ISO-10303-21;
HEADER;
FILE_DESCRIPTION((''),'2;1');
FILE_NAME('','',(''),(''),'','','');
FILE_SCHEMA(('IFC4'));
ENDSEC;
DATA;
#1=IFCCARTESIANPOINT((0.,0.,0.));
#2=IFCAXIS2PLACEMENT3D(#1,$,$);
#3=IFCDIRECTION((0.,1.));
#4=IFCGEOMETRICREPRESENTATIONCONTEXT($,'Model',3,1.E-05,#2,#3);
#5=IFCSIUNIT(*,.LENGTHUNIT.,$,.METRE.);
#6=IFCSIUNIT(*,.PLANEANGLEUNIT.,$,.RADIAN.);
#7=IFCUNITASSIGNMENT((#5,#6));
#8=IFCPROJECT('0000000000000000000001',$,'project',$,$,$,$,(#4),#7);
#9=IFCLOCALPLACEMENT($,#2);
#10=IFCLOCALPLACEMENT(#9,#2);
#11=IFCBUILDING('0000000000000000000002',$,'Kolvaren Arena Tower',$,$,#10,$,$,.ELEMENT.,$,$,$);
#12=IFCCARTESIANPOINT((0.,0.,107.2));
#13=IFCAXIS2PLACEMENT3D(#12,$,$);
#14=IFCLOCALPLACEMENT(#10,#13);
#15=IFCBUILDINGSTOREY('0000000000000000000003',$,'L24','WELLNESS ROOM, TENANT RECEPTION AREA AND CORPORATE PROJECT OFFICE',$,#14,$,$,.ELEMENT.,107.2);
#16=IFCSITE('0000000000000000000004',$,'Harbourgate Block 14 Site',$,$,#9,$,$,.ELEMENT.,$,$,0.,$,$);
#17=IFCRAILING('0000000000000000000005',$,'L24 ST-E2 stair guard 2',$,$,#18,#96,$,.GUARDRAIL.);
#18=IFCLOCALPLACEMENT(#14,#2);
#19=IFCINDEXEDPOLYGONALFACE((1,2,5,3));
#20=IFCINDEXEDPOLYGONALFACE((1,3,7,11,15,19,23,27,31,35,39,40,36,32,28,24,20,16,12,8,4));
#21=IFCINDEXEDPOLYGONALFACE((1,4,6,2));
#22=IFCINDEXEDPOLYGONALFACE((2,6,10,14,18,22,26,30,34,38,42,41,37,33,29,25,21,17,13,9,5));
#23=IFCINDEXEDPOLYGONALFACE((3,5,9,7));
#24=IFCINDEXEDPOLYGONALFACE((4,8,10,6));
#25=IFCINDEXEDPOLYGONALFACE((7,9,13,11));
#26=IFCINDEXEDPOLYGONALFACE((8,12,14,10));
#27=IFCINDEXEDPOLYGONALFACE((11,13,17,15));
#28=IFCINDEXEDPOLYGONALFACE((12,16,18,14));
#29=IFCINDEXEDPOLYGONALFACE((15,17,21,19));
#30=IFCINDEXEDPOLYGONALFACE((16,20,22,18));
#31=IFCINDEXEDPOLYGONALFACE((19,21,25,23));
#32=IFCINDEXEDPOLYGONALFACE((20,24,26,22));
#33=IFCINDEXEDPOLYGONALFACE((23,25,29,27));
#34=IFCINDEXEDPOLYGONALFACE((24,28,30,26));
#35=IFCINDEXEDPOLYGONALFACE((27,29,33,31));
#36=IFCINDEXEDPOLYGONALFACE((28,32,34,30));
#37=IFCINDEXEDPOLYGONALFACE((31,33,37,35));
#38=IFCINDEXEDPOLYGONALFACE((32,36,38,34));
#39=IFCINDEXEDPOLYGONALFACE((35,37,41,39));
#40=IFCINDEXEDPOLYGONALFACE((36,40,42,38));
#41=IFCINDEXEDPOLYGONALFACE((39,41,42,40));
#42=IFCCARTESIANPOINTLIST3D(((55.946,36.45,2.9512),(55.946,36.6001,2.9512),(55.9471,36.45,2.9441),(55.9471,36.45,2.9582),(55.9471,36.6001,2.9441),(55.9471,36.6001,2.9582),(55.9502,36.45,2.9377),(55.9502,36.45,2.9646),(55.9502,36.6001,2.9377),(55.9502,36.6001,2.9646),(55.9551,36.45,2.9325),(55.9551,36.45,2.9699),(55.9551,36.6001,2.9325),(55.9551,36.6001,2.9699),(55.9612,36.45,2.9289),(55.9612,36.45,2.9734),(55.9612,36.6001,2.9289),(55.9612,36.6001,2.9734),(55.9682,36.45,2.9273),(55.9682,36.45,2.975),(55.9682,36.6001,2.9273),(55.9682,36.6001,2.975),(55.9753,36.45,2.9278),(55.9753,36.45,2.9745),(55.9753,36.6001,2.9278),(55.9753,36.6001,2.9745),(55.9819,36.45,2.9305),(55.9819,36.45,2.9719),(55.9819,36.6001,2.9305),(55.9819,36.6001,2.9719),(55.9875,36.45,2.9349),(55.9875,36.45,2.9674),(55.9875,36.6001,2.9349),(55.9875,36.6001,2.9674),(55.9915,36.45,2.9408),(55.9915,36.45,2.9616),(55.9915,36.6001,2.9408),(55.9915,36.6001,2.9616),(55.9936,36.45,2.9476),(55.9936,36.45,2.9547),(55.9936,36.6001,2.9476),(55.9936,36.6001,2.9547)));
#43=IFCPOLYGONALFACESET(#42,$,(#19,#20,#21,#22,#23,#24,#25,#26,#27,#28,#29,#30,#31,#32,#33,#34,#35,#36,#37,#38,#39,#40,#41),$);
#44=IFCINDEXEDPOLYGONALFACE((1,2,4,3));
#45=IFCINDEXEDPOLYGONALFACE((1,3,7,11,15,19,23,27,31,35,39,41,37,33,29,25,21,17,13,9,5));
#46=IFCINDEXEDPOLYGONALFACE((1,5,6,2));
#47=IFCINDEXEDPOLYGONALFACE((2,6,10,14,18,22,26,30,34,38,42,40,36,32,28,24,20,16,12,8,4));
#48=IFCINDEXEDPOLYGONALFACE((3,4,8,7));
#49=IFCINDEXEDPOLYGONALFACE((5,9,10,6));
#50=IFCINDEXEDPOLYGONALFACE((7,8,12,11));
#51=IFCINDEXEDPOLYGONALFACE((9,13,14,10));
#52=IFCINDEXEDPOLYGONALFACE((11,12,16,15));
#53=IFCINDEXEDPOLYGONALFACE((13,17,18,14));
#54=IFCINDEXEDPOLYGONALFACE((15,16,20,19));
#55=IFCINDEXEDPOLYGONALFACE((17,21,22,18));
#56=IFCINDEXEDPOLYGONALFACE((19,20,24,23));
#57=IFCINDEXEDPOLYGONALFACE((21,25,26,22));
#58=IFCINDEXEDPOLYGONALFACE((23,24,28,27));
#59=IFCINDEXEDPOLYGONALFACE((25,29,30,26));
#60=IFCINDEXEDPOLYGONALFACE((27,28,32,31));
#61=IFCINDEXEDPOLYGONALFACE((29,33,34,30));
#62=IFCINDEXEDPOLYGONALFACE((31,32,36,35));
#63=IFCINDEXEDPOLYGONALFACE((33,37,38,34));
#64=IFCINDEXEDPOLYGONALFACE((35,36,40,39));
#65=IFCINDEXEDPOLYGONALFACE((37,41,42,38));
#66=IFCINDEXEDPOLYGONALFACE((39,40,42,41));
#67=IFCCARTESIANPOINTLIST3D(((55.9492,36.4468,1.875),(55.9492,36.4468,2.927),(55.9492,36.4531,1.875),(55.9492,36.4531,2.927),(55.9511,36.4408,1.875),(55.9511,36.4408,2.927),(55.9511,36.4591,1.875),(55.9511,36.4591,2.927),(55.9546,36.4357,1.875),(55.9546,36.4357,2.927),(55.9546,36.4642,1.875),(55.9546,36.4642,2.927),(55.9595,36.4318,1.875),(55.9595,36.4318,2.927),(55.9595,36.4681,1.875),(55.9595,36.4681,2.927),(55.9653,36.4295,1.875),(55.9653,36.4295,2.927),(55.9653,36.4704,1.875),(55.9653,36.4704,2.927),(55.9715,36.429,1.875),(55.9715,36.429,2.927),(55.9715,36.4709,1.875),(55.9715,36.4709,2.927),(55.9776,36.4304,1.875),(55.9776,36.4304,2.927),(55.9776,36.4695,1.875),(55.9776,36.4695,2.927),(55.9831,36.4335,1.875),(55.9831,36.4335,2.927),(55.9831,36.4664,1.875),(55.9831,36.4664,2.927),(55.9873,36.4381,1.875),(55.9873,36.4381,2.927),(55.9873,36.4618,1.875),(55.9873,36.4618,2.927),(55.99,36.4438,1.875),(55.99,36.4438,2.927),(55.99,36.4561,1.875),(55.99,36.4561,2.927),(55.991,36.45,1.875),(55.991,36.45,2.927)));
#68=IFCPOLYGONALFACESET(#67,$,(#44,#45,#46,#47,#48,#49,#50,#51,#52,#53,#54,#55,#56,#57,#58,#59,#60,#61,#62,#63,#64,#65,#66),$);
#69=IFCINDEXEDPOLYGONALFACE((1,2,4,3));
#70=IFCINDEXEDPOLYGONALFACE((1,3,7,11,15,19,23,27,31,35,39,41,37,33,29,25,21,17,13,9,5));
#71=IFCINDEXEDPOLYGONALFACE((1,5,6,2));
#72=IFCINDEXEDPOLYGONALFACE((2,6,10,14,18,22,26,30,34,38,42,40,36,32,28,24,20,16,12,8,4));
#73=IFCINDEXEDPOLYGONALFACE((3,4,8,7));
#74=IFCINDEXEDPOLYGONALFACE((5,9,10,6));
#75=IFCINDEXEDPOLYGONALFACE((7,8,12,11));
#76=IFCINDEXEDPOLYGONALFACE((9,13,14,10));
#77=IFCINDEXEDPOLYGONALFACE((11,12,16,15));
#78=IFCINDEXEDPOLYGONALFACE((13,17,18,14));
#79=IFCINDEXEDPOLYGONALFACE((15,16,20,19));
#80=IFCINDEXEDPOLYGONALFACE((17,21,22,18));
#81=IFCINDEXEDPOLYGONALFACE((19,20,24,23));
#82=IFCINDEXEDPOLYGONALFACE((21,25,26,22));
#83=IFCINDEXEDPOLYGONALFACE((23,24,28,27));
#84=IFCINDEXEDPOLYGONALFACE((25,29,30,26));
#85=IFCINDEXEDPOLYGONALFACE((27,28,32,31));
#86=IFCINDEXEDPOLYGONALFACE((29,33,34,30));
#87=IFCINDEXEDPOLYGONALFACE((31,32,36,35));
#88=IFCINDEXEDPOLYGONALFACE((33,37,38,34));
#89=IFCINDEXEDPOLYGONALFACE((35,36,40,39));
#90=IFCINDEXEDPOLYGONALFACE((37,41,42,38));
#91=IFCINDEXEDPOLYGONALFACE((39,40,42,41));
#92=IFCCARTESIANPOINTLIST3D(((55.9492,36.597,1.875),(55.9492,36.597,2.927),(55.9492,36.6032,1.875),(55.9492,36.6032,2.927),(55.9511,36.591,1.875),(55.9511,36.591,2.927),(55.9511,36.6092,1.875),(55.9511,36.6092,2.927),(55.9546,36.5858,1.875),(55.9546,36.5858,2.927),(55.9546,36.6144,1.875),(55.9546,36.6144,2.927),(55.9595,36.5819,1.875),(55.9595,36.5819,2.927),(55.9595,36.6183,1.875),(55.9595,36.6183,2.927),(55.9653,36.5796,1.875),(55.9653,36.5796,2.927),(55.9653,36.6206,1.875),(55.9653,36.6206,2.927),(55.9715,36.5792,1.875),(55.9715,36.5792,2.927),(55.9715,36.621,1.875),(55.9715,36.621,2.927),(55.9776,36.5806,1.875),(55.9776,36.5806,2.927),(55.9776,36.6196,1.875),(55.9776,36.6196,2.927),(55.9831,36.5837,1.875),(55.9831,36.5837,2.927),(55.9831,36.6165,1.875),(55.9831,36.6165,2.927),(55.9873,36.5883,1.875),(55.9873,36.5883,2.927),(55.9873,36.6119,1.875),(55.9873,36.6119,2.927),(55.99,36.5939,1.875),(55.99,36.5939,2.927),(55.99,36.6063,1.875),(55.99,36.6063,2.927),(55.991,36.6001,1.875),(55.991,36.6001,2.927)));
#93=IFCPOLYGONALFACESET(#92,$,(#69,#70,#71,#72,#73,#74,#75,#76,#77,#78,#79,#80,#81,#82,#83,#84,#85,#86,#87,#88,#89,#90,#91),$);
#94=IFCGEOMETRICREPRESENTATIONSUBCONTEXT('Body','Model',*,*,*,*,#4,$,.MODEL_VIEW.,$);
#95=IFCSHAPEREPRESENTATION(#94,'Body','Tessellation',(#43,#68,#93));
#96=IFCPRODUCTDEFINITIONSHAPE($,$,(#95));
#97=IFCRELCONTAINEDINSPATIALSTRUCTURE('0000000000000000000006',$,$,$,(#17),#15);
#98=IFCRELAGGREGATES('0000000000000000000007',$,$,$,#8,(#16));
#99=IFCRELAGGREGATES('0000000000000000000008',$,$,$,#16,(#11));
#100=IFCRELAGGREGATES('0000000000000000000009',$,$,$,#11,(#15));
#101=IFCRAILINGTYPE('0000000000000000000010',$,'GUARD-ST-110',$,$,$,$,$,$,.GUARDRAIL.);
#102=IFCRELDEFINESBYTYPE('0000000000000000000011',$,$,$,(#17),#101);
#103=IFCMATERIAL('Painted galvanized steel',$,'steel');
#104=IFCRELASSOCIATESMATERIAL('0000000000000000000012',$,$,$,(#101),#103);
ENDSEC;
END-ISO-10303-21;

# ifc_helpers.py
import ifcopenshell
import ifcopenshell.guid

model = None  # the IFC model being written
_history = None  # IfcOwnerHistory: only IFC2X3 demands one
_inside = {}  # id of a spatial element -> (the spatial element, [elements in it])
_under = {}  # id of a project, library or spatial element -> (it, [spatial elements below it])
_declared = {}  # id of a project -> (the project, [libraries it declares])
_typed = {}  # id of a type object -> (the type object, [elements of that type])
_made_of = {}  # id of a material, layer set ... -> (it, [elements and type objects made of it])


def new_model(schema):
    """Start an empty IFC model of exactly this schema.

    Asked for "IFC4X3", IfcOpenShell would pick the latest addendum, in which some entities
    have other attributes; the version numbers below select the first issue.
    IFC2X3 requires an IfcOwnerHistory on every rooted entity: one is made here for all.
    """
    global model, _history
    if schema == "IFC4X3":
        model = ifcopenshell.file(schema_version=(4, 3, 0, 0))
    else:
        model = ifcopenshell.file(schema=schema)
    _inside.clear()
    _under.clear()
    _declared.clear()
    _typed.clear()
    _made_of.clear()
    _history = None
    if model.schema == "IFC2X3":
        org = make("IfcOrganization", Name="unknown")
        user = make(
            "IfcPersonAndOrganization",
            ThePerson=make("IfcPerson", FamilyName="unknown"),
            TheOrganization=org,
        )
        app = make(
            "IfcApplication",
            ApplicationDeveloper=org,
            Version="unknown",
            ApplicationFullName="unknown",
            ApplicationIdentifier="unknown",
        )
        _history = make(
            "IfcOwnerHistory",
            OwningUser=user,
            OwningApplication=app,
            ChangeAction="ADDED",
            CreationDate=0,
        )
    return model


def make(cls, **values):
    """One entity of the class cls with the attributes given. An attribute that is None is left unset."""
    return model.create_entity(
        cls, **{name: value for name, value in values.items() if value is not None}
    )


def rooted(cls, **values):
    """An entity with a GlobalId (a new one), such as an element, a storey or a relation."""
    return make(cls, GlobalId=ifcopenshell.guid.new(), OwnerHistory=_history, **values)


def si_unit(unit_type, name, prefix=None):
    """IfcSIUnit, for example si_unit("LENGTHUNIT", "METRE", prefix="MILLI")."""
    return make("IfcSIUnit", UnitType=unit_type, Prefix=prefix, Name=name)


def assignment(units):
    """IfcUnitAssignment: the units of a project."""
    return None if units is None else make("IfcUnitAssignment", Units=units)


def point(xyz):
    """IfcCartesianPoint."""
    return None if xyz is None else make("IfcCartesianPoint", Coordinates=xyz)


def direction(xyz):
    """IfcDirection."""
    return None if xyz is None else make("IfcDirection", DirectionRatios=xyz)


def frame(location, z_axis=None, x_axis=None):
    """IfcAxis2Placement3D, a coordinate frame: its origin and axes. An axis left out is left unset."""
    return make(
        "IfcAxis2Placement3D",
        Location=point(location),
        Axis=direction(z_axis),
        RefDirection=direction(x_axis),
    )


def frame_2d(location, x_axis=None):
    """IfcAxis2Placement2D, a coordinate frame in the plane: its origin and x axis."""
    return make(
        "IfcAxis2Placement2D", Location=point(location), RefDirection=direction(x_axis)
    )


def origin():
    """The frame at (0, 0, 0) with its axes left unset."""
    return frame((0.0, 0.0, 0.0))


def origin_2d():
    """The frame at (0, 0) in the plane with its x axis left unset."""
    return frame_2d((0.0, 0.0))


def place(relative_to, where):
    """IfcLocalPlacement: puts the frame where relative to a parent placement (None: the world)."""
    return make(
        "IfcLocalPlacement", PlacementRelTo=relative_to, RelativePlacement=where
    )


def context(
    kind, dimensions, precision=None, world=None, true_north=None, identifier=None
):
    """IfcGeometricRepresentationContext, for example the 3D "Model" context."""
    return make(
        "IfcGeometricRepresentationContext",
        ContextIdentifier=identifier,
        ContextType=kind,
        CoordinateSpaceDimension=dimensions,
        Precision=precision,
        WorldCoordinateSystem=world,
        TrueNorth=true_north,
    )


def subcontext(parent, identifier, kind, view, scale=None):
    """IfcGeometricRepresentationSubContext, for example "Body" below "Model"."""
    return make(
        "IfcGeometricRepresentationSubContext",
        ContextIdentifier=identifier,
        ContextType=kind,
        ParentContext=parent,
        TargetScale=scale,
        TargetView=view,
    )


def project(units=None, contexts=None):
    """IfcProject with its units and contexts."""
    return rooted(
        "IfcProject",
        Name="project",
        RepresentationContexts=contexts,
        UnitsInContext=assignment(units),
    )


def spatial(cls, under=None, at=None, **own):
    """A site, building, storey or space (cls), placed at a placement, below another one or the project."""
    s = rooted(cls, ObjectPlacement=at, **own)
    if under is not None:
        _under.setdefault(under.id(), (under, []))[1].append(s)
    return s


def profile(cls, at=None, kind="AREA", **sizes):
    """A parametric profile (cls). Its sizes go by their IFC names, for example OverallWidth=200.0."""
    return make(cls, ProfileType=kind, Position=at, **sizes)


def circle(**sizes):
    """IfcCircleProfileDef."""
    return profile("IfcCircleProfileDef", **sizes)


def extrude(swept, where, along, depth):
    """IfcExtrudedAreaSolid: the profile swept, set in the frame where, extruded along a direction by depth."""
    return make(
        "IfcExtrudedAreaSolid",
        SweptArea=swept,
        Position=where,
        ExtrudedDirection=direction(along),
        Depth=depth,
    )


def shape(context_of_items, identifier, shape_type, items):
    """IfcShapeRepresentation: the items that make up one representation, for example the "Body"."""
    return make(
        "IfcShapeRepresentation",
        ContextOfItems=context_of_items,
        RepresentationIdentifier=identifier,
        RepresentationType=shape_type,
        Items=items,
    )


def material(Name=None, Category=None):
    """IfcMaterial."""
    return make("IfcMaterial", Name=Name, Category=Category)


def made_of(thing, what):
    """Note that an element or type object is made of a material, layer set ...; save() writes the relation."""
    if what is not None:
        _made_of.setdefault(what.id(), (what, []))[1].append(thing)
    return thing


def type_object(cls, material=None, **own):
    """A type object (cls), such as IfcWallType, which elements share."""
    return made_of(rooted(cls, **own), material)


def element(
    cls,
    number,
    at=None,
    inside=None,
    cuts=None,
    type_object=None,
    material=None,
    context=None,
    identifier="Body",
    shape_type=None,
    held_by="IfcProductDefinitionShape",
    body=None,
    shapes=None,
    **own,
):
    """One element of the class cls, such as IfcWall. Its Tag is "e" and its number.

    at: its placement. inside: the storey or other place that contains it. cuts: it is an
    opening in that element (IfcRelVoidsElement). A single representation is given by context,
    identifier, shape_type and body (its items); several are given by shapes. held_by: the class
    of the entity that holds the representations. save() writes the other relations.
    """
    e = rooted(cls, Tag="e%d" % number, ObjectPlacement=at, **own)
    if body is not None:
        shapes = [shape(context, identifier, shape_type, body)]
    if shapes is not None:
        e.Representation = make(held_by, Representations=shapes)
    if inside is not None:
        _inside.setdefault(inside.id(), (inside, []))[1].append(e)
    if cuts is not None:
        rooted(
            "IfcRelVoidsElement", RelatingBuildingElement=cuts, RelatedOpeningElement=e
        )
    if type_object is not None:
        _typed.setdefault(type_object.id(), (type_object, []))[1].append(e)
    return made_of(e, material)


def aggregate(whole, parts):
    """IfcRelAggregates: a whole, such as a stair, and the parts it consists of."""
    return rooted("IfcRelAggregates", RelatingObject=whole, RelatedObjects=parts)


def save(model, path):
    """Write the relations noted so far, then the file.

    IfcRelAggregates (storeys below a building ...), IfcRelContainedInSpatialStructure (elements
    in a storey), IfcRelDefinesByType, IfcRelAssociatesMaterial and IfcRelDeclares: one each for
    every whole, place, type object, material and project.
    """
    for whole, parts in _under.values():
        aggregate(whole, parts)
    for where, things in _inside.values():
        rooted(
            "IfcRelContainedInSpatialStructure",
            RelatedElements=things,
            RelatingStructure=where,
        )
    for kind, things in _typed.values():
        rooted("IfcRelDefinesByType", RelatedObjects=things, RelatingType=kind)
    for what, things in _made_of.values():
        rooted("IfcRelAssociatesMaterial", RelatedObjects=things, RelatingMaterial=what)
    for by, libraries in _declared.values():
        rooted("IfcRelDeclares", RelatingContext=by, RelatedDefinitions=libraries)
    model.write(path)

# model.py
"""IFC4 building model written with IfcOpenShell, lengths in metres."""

from ifc_helpers import new_model, si_unit, direction, frame, origin, origin_2d, place, context, subcontext, project, spatial, circle, extrude, material, type_object, element, save


model = new_model("IFC4")

# Units and contexts
model_context = context("Model", 3, precision=1e-05, world=origin(), true_north=direction((0.0, 1.0)))
body_context = subcontext(model_context, "Body", "Model", "MODEL_VIEW")
ifc_project = project(units=[si_unit("LENGTHUNIT", "METRE"), si_unit("PLANEANGLEUNIT", "RADIAN")], contexts=[model_context])

# Site, building, storey
site_placement = place(None, origin())
site = spatial("IfcSite", under=ifc_project, at=site_placement, Name="Harbourgate Block 14 Site", CompositionType="ELEMENT", RefElevation=0.0)
building_placement = place(site_placement, origin())
building = spatial("IfcBuilding", under=site, at=building_placement, Name="Kolvaren Arena Tower", CompositionType="ELEMENT")
storey_placement = place(building_placement, frame((0.0, 0.0, 107.2)))
storey = spatial("IfcBuildingStorey", under=building, at=storey_placement, Name="L24", Description="WELLNESS ROOM, TENANT RECEPTION AREA AND CORPORATE PROJECT OFFICE", CompositionType="ELEMENT", Elevation=107.2)

# Railing
ifc_material_1 = material(Name="Painted galvanized steel", Category="steel")
railing_type_1 = type_object("IfcRailingType", Name="GUARD-ST-110", PredefinedType="GUARDRAIL", material=ifc_material_1)
railing_1_placement = place(storey_placement, frame((55.97, 36.45, 1.875)))
element("IfcRailing", 1, at=railing_1_placement, inside=storey, type_object=railing_type_1, Name="L24 ST-E2 stair guard 2", PredefinedType="GUARDRAIL", context=body_context, shape_type="SweptSolid", body=[
    extrude(circle(Radius=0.0239, at=origin_2d()), frame((0.0, 0.0, 1.0762), z_axis=(0.0, 1.0, 0.0), x_axis=(-1.0, 0.0, 0.0)), (0.0, 0.0, 1.0), 0.1501),
    extrude(circle(Radius=0.021, at=origin_2d()), origin(), (0.0, 0.0, 1.0), 1.052),
    extrude(circle(Radius=0.021, at=origin_2d()), frame((0.0, 0.1501, 0.0)), (0.0, 0.0, 1.0), 1.052),
])

save(model, "model.ifc")
